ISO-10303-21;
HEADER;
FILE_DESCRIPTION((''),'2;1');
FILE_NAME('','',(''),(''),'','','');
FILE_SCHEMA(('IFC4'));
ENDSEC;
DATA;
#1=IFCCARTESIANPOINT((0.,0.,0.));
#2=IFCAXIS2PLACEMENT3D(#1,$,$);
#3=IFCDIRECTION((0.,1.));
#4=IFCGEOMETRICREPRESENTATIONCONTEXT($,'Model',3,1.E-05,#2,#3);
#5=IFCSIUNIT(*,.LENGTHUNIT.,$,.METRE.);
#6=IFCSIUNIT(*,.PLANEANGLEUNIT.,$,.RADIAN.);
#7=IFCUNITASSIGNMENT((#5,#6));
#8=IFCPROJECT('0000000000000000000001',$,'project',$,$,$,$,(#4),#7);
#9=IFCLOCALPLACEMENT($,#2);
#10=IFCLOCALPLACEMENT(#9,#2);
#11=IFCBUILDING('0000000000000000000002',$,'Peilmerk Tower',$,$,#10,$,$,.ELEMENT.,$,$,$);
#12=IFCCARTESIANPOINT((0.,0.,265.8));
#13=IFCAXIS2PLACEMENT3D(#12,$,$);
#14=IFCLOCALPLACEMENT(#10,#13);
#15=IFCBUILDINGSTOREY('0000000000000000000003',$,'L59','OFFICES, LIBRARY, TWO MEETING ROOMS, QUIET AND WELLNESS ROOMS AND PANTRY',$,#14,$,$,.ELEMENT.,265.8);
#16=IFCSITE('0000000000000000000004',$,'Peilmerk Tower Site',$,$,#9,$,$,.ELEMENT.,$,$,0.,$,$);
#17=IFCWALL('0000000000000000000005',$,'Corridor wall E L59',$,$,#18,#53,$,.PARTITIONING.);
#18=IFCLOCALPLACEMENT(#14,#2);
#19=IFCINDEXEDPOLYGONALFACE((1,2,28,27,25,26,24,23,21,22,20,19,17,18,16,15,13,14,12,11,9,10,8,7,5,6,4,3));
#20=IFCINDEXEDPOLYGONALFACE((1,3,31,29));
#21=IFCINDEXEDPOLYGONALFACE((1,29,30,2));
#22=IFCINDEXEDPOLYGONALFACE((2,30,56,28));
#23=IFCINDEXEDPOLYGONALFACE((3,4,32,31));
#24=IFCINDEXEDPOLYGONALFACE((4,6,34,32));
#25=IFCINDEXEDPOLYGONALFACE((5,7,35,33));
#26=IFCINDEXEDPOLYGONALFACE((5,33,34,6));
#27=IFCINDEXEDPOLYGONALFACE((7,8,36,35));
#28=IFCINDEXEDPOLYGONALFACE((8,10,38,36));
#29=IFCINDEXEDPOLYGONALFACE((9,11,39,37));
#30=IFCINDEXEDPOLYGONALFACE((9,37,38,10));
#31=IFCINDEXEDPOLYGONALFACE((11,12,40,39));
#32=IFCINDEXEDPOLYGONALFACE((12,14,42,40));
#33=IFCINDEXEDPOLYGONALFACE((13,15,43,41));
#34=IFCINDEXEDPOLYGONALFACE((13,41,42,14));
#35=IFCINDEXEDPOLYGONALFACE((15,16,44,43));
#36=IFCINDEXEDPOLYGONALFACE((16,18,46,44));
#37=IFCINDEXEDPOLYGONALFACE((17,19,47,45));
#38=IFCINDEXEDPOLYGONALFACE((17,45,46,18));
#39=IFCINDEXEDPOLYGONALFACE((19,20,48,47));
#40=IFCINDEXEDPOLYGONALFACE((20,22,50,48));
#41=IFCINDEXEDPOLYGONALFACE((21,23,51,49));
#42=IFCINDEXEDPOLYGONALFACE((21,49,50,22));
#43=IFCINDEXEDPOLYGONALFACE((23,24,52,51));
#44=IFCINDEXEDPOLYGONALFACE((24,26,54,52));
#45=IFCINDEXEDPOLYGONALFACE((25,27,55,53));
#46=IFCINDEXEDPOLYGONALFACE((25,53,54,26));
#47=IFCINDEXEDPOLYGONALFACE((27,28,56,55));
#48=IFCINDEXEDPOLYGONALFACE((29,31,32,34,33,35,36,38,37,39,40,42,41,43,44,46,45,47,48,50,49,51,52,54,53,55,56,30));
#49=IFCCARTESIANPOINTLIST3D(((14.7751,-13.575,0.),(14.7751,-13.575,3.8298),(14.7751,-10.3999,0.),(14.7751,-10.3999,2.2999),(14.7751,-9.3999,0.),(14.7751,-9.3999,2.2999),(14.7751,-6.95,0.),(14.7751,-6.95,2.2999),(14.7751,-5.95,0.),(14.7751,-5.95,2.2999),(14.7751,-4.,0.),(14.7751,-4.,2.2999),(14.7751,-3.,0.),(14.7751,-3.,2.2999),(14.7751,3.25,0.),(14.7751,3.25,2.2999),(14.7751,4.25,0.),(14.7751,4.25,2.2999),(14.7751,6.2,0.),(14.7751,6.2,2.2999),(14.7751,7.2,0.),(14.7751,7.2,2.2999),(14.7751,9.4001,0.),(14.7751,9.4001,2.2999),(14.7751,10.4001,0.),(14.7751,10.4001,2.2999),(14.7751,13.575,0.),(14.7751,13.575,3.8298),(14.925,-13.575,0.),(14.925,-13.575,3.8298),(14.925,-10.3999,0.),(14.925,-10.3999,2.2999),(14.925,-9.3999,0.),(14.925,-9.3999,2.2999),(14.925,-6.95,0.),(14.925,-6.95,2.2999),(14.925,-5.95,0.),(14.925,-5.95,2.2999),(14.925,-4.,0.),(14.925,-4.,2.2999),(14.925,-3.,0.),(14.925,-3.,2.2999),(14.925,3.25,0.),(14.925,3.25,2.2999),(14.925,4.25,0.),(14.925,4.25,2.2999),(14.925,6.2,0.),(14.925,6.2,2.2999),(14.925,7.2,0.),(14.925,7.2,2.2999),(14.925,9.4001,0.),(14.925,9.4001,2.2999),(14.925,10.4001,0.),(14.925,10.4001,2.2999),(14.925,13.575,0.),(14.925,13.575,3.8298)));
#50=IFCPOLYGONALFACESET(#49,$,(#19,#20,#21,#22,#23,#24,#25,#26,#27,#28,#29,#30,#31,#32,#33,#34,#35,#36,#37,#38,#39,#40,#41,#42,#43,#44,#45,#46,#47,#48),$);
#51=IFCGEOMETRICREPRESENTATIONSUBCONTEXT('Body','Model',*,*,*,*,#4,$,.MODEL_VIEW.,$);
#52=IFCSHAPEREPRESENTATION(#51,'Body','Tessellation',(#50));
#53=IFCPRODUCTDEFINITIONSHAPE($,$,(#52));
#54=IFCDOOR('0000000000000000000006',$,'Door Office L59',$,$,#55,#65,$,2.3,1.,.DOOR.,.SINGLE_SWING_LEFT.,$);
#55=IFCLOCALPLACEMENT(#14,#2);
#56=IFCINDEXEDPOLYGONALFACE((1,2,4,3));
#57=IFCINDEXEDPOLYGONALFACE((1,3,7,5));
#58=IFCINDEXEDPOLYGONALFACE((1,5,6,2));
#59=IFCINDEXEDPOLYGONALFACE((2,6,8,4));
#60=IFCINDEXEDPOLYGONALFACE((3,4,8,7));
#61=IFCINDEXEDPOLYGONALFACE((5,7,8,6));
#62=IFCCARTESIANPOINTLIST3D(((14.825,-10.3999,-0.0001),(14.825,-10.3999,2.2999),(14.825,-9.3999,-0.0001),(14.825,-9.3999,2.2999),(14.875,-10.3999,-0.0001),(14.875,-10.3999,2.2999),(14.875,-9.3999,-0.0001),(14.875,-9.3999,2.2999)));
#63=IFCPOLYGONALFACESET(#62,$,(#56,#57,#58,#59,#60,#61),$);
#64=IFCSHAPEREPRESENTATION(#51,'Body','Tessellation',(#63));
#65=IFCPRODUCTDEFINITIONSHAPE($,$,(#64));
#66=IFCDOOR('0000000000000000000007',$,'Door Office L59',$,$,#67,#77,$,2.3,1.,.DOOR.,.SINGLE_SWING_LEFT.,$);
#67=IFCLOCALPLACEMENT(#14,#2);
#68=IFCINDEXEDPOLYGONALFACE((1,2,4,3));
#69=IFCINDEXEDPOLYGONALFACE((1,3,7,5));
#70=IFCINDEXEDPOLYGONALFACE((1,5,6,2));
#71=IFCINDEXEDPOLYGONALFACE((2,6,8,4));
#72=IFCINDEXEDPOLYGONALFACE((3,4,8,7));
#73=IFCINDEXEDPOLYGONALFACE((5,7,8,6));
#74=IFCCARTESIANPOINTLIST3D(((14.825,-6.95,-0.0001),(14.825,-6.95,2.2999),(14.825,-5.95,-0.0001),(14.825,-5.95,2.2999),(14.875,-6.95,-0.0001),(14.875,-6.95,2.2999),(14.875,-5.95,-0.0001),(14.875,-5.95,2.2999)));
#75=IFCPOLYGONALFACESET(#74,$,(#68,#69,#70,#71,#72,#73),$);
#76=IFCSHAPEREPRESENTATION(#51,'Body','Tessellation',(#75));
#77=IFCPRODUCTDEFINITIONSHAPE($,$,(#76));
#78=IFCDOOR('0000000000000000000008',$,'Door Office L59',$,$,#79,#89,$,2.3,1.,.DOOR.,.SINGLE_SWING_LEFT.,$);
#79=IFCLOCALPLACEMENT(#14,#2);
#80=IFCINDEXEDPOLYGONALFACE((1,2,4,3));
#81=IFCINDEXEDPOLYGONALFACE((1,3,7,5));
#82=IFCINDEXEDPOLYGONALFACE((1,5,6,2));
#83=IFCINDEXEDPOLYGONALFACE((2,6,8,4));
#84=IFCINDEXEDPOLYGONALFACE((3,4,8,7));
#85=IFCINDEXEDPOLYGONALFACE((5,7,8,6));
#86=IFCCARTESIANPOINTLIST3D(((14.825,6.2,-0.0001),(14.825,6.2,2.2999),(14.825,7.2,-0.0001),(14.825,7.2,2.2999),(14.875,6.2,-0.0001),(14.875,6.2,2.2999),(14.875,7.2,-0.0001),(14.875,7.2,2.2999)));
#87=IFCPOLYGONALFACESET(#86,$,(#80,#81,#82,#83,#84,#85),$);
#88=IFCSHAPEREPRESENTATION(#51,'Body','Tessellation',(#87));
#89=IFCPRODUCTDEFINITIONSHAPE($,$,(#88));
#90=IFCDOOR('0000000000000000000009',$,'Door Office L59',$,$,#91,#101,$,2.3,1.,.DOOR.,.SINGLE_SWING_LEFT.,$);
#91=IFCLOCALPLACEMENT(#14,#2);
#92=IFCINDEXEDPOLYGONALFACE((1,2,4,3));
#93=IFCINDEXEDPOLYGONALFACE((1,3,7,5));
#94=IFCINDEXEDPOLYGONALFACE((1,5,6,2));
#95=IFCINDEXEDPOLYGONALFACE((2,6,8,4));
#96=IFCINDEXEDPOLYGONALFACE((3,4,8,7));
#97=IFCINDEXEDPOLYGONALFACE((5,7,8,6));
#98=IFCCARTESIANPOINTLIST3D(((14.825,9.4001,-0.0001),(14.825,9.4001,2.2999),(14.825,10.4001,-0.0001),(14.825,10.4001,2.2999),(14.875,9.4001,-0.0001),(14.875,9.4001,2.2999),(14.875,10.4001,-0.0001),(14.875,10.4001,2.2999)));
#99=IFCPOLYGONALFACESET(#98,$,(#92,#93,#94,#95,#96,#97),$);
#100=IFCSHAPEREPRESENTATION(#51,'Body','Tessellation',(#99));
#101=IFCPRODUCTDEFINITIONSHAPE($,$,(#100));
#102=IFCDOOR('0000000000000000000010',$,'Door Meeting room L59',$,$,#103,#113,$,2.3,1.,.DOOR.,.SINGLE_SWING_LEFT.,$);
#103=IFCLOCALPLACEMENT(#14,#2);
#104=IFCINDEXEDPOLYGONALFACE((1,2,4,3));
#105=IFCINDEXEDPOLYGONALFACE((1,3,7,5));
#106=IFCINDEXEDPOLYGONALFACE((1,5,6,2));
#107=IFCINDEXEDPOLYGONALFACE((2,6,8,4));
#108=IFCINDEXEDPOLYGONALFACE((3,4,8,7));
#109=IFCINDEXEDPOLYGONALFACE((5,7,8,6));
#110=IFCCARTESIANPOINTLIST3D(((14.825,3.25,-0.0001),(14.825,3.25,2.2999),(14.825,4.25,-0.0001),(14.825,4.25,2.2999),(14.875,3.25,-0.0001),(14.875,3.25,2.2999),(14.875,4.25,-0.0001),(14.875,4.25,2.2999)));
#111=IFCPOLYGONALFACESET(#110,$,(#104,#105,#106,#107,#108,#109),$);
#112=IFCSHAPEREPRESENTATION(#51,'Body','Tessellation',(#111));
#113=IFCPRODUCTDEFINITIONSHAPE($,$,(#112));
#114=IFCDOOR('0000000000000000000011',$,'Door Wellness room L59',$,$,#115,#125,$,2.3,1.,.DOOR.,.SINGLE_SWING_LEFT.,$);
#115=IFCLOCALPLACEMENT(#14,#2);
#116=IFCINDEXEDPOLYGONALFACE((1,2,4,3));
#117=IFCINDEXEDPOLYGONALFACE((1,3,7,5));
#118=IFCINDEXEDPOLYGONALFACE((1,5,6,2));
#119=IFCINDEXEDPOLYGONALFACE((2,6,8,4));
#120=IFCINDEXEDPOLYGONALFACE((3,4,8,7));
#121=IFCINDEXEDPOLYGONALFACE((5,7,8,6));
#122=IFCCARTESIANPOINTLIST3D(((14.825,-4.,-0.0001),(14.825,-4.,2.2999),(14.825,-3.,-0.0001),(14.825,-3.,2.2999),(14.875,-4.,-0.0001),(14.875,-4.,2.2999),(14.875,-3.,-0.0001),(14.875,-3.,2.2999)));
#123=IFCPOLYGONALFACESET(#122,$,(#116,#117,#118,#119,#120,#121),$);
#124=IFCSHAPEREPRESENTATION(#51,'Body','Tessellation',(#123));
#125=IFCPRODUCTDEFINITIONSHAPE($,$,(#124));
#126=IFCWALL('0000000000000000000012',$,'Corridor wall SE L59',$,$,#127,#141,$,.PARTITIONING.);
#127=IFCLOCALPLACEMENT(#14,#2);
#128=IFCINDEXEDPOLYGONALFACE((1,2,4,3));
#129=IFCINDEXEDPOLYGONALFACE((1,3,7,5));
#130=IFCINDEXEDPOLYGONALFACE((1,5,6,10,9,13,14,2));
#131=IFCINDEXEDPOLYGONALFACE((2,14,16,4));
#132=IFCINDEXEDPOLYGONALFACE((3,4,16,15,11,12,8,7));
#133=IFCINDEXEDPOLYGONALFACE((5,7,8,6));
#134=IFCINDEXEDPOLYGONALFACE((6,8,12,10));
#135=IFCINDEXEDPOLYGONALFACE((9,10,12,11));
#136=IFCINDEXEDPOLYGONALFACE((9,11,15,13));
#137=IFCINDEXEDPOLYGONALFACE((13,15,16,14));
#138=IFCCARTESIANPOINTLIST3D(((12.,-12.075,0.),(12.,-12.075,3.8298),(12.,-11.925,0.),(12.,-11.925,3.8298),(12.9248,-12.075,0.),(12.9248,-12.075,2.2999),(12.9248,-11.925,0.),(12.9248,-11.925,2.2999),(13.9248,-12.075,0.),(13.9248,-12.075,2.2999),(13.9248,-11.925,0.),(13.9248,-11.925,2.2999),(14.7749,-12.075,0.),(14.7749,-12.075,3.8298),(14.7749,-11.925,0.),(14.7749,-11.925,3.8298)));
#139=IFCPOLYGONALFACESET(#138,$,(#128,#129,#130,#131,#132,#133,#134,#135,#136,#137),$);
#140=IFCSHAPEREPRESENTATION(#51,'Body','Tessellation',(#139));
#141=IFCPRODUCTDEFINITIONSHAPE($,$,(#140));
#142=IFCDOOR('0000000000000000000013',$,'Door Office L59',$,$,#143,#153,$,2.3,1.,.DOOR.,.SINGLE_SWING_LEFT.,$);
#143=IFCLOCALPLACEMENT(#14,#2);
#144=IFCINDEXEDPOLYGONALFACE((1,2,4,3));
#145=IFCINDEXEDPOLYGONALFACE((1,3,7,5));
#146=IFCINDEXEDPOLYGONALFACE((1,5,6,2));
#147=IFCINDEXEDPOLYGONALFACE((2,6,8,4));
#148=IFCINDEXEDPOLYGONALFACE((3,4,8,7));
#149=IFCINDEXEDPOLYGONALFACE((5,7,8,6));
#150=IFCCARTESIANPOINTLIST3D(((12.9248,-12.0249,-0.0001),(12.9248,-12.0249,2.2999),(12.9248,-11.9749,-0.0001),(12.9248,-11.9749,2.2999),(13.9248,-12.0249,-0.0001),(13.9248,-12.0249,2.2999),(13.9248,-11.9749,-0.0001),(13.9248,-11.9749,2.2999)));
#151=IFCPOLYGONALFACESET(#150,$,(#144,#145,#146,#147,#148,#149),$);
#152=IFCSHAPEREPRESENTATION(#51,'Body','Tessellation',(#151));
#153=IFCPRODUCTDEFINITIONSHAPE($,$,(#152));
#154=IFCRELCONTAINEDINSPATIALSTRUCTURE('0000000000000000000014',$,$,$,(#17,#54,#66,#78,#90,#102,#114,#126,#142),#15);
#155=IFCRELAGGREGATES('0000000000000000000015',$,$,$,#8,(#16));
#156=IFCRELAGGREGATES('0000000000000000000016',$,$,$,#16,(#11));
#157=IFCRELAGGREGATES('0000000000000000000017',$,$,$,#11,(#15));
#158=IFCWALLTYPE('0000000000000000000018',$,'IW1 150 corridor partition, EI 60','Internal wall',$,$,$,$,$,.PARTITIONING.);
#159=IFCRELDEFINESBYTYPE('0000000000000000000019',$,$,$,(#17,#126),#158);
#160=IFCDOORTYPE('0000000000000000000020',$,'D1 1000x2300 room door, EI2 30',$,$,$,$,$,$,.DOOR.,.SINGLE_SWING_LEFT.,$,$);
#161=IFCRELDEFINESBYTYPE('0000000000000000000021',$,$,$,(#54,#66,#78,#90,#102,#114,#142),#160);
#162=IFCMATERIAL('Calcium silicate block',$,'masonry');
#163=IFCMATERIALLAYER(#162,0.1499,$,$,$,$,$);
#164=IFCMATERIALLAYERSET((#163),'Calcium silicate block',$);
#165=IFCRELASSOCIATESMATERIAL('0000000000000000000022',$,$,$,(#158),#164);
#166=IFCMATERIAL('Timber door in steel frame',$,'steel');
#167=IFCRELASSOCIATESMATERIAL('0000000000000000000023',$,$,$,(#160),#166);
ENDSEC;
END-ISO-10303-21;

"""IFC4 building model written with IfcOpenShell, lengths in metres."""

from ifc_helpers import new_model, si_unit, direction, frame, frame_2d, origin, place, context, subcontext, project, spatial, rectangle, extrude, material, layer, layer_set, type_object, element, fill, save


model = new_model("IFC4")

# Units and contexts
model_context = context("Model", 3, precision=1e-05, world=origin(), true_north=direction((0.0, 1.0)))
body_context = subcontext(model_context, "Body", "Model", "MODEL_VIEW")
ifc_project = project(units=[si_unit("LENGTHUNIT", "METRE"), si_unit("PLANEANGLEUNIT", "RADIAN")], contexts=[model_context])

# Site, building, storey
site_placement = place(None, origin())
site = spatial("IfcSite", under=ifc_project, at=site_placement, Name="Peilmerk Tower Site", CompositionType="ELEMENT", RefElevation=0.0)
building_placement = place(site_placement, origin())
building = spatial("IfcBuilding", under=site, at=building_placement, Name="Peilmerk Tower", CompositionType="ELEMENT")
storey_placement = place(building_placement, frame((0.0, 0.0, 265.8)))
storey = spatial("IfcBuildingStorey", under=building, at=storey_placement, Name="L59", Description="OFFICES, LIBRARY, TWO MEETING ROOMS, QUIET AND WELLNESS ROOMS AND PANTRY", CompositionType="ELEMENT", Elevation=265.8)

# Wall, openings, doors
ifc_material_1 = material(Name="Calcium silicate block", Category="masonry")
ifc_layer_1 = layer(ifc_material_1, 0.1499)
ifc_layer_set_1 = layer_set([ifc_layer_1], Name="Calcium silicate block")
wall_type_1 = type_object("IfcWallType", Name="IW1 150 corridor partition, EI 60", Description="Internal wall", PredefinedType="PARTITIONING", material=ifc_layer_set_1)
wall_1_placement = place(storey_placement, frame((14.8501, -13.575, 0.0), z_axis=(0.0, 0.0, 1.0), x_axis=(0.0, 1.0, 0.0)))
wall_1 = element("IfcWall", 1, at=wall_1_placement, inside=storey, type_object=wall_type_1, Name="Corridor wall E L59", PredefinedType="PARTITIONING", context=body_context, shape_type="SweptSolid", body=[
    extrude(rectangle(XDim=27.1499, YDim=0.1499, at=frame_2d((13.575, 0.0))), origin(), (0.0, 0.0, 1.0), 3.8298),
])
opening_1_placement = place(wall_1_placement, frame((3.175, 0.0, 0.0)))
opening_1 = element("IfcOpeningElement", 2, at=opening_1_placement, cuts=wall_1, PredefinedType="OPENING", context=body_context, shape_type="SweptSolid", body=[
    extrude(rectangle(XDim=1.0, YDim=2.3, at=frame_2d((0.5, 1.1499))), frame((0.0, 0.085, 0.0), z_axis=(0.0, -1.0, 0.0), x_axis=(1.0, 0.0, 0.0)), (0.0, 0.0, 1.0), 0.1699),
])
opening_2_placement = place(wall_1_placement, frame((6.625, 0.0, 0.0)))
opening_2 = element("IfcOpeningElement", 3, at=opening_2_placement, cuts=wall_1, PredefinedType="OPENING", context=body_context, shape_type="SweptSolid", body=[
    extrude(rectangle(XDim=1.0, YDim=2.3, at=frame_2d((0.5, 1.1499))), frame((0.0, 0.085, 0.0), z_axis=(0.0, -1.0, 0.0), x_axis=(1.0, 0.0, 0.0)), (0.0, 0.0, 1.0), 0.1699),
])
opening_3_placement = place(wall_1_placement, frame((19.7749, 0.0, 0.0)))
opening_3 = element("IfcOpeningElement", 4, at=opening_3_placement, cuts=wall_1, PredefinedType="OPENING", context=body_context, shape_type="SweptSolid", body=[
    extrude(rectangle(XDim=1.0, YDim=2.3, at=frame_2d((0.5, 1.1499))), frame((0.0, 0.085, 0.0), z_axis=(0.0, -1.0, 0.0), x_axis=(1.0, 0.0, 0.0)), (0.0, 0.0, 1.0), 0.1699),
])
opening_4_placement = place(wall_1_placement, frame((22.9751, 0.0, 0.0)))
opening_4 = element("IfcOpeningElement", 5, at=opening_4_placement, cuts=wall_1, PredefinedType="OPENING", context=body_context, shape_type="SweptSolid", body=[
    extrude(rectangle(XDim=1.0, YDim=2.3, at=frame_2d((0.5, 1.1499))), frame((0.0, 0.085, 0.0), z_axis=(0.0, -1.0, 0.0), x_axis=(1.0, 0.0, 0.0)), (0.0, 0.0, 1.0), 0.1699),
])
opening_5_placement = place(wall_1_placement, frame((16.825, 0.0, 0.0)))
opening_5 = element("IfcOpeningElement", 6, at=opening_5_placement, cuts=wall_1, PredefinedType="OPENING", context=body_context, shape_type="SweptSolid", body=[
    extrude(rectangle(XDim=1.0, YDim=2.3, at=frame_2d((0.5, 1.1499))), frame((0.0, 0.085, 0.0), z_axis=(0.0, -1.0, 0.0), x_axis=(1.0, 0.0, 0.0)), (0.0, 0.0, 1.0), 0.1699),
])
opening_6_placement = place(wall_1_placement, frame((9.575, 0.0, 0.0)))
opening_6 = element("IfcOpeningElement", 7, at=opening_6_placement, cuts=wall_1, PredefinedType="OPENING", context=body_context, shape_type="SweptSolid", body=[
    extrude(rectangle(XDim=1.0, YDim=2.3, at=frame_2d((0.5, 1.1499))), frame((0.0, 0.085, 0.0), z_axis=(0.0, -1.0, 0.0), x_axis=(1.0, 0.0, 0.0)), (0.0, 0.0, 1.0), 0.1699),
])
ifc_material_2 = material(Name="Timber door in steel frame", Category="steel")
door_type = type_object("IfcDoorType", Name="D1 1000x2300 room door, EI2 30", OperationType="SINGLE_SWING_LEFT", PredefinedType="DOOR", material=ifc_material_2)
door_1_placement = place(opening_1_placement, frame((1.0, 0.0, 0.0), z_axis=(0.0, 0.0, 1.0), x_axis=(-1.0, 0.0, 0.0)))
door_1 = element("IfcDoor", 8, at=door_1_placement, inside=storey, type_object=door_type, Name="Door Office L59", OperationType="SINGLE_SWING_LEFT", OverallHeight=2.3, OverallWidth=1.0, PredefinedType="DOOR", context=body_context, shape_type="SweptSolid", body=[
    extrude(rectangle(XDim=1.0, YDim=2.3, at=frame_2d((0.5, 1.1499))), frame((0.0, 0.0249, 0.0), z_axis=(0.0, -1.0, 0.0), x_axis=(1.0, 0.0, 0.0)), (0.0, 0.0, 1.0), 0.05),
])
fill(opening_1, door_1)
door_2_placement = place(opening_2_placement, frame((1.0, 0.0, 0.0), z_axis=(0.0, 0.0, 1.0), x_axis=(-1.0, 0.0, 0.0)))
door_2 = element("IfcDoor", 9, at=door_2_placement, inside=storey, type_object=door_type, Name="Door Office L59", OperationType="SINGLE_SWING_LEFT", OverallHeight=2.3, OverallWidth=1.0, PredefinedType="DOOR", context=body_context, shape_type="SweptSolid", body=[
    extrude(rectangle(XDim=1.0, YDim=2.3, at=frame_2d((0.5, 1.1499))), frame((0.0, 0.0249, 0.0), z_axis=(0.0, -1.0, 0.0), x_axis=(1.0, 0.0, 0.0)), (0.0, 0.0, 1.0), 0.05),
])
fill(opening_2, door_2)
door_3_placement = place(opening_3_placement, frame((1.0, 0.0, 0.0), z_axis=(0.0, 0.0, 1.0), x_axis=(-1.0, 0.0, 0.0)))
door_3 = element("IfcDoor", 10, at=door_3_placement, inside=storey, type_object=door_type, Name="Door Office L59", OperationType="SINGLE_SWING_LEFT", OverallHeight=2.3, OverallWidth=1.0, PredefinedType="DOOR", context=body_context, shape_type="SweptSolid", body=[
    extrude(rectangle(XDim=1.0, YDim=2.3, at=frame_2d((0.5, 1.1499))), frame((0.0, 0.0249, 0.0), z_axis=(0.0, -1.0, 0.0), x_axis=(1.0, 0.0, 0.0)), (0.0, 0.0, 1.0), 0.05),
])
fill(opening_3, door_3)
door_4_placement = place(opening_4_placement, frame((1.0, 0.0, 0.0), z_axis=(0.0, 0.0, 1.0), x_axis=(-1.0, 0.0, 0.0)))
door_4 = element("IfcDoor", 11, at=door_4_placement, inside=storey, type_object=door_type, Name="Door Office L59", OperationType="SINGLE_SWING_LEFT", OverallHeight=2.3, OverallWidth=1.0, PredefinedType="DOOR", context=body_context, shape_type="SweptSolid", body=[
    extrude(rectangle(XDim=1.0, YDim=2.3, at=frame_2d((0.5, 1.1499))), frame((0.0, 0.0249, 0.0), z_axis=(0.0, -1.0, 0.0), x_axis=(1.0, 0.0, 0.0)), (0.0, 0.0, 1.0), 0.05),
])
fill(opening_4, door_4)
door_5_placement = place(opening_5_placement, frame((1.0, 0.0, 0.0), z_axis=(0.0, 0.0, 1.0), x_axis=(-1.0, 0.0, 0.0)))
door_5 = element("IfcDoor", 12, at=door_5_placement, inside=storey, type_object=door_type, Name="Door Meeting room L59", OperationType="SINGLE_SWING_LEFT", OverallHeight=2.3, OverallWidth=1.0, PredefinedType="DOOR", context=body_context, shape_type="SweptSolid", body=[
    extrude(rectangle(XDim=1.0, YDim=2.3, at=frame_2d((0.5, 1.1499))), frame((0.0, 0.0249, 0.0), z_axis=(0.0, -1.0, 0.0), x_axis=(1.0, 0.0, 0.0)), (0.0, 0.0, 1.0), 0.05),
])
fill(opening_5, door_5)
door_6_placement = place(opening_6_placement, frame((1.0, 0.0, 0.0), z_axis=(0.0, 0.0, 1.0), x_axis=(-1.0, 0.0, 0.0)))
door_6 = element("IfcDoor", 13, at=door_6_placement, inside=storey, type_object=door_type, Name="Door Wellness room L59", OperationType="SINGLE_SWING_LEFT", OverallHeight=2.3, OverallWidth=1.0, PredefinedType="DOOR", context=body_context, shape_type="SweptSolid", body=[
    extrude(rectangle(XDim=1.0, YDim=2.3, at=frame_2d((0.5, 1.1499))), frame((0.0, 0.0249, 0.0), z_axis=(0.0, -1.0, 0.0), x_axis=(1.0, 0.0, 0.0)), (0.0, 0.0, 1.0), 0.05),
])
fill(opening_6, door_6)

# Wall, opening, door
wall_2_placement = place(storey_placement, frame((14.7749, -12.0, 0.0), z_axis=(0.0, 0.0, 1.0), x_axis=(-1.0, 0.0, 0.0)))
wall_2 = element("IfcWall", 14, at=wall_2_placement, inside=storey, type_object=wall_type_1, Name="Corridor wall SE L59", PredefinedType="PARTITIONING", context=body_context, shape_type="SweptSolid", body=[
    extrude(rectangle(XDim=2.7749, YDim=0.1499, at=frame_2d((1.3875, 0.0))), origin(), (0.0, 0.0, 1.0), 3.8298),
])
opening_7_placement = place(wall_2_placement, frame((0.8501, 0.0, 0.0)))
opening_7 = element("IfcOpeningElement", 15, at=opening_7_placement, cuts=wall_2, PredefinedType="OPENING", context=body_context, shape_type="SweptSolid", body=[
    extrude(rectangle(XDim=1.0, YDim=2.3, at=frame_2d((0.5, 1.1499))), frame((0.0, 0.085, 0.0), z_axis=(0.0, -1.0, 0.0), x_axis=(1.0, 0.0, 0.0)), (0.0, 0.0, 1.0), 0.1699),
])
door_7_placement = place(opening_7_placement, origin())
door_7 = element("IfcDoor", 16, at=door_7_placement, inside=storey, type_object=door_type, Name="Door Office L59", OperationType="SINGLE_SWING_LEFT", OverallHeight=2.3, OverallWidth=1.0, PredefinedType="DOOR", context=body_context, shape_type="SweptSolid", body=[
    extrude(rectangle(XDim=1.0, YDim=2.3, at=frame_2d((0.5, 1.1499))), frame((0.0, 0.0249, 0.0), z_axis=(0.0, -1.0, 0.0), x_axis=(1.0, 0.0, 0.0)), (0.0, 0.0, 1.0), 0.05),
])
fill(opening_7, door_7)

save(model, "model.ifc")
